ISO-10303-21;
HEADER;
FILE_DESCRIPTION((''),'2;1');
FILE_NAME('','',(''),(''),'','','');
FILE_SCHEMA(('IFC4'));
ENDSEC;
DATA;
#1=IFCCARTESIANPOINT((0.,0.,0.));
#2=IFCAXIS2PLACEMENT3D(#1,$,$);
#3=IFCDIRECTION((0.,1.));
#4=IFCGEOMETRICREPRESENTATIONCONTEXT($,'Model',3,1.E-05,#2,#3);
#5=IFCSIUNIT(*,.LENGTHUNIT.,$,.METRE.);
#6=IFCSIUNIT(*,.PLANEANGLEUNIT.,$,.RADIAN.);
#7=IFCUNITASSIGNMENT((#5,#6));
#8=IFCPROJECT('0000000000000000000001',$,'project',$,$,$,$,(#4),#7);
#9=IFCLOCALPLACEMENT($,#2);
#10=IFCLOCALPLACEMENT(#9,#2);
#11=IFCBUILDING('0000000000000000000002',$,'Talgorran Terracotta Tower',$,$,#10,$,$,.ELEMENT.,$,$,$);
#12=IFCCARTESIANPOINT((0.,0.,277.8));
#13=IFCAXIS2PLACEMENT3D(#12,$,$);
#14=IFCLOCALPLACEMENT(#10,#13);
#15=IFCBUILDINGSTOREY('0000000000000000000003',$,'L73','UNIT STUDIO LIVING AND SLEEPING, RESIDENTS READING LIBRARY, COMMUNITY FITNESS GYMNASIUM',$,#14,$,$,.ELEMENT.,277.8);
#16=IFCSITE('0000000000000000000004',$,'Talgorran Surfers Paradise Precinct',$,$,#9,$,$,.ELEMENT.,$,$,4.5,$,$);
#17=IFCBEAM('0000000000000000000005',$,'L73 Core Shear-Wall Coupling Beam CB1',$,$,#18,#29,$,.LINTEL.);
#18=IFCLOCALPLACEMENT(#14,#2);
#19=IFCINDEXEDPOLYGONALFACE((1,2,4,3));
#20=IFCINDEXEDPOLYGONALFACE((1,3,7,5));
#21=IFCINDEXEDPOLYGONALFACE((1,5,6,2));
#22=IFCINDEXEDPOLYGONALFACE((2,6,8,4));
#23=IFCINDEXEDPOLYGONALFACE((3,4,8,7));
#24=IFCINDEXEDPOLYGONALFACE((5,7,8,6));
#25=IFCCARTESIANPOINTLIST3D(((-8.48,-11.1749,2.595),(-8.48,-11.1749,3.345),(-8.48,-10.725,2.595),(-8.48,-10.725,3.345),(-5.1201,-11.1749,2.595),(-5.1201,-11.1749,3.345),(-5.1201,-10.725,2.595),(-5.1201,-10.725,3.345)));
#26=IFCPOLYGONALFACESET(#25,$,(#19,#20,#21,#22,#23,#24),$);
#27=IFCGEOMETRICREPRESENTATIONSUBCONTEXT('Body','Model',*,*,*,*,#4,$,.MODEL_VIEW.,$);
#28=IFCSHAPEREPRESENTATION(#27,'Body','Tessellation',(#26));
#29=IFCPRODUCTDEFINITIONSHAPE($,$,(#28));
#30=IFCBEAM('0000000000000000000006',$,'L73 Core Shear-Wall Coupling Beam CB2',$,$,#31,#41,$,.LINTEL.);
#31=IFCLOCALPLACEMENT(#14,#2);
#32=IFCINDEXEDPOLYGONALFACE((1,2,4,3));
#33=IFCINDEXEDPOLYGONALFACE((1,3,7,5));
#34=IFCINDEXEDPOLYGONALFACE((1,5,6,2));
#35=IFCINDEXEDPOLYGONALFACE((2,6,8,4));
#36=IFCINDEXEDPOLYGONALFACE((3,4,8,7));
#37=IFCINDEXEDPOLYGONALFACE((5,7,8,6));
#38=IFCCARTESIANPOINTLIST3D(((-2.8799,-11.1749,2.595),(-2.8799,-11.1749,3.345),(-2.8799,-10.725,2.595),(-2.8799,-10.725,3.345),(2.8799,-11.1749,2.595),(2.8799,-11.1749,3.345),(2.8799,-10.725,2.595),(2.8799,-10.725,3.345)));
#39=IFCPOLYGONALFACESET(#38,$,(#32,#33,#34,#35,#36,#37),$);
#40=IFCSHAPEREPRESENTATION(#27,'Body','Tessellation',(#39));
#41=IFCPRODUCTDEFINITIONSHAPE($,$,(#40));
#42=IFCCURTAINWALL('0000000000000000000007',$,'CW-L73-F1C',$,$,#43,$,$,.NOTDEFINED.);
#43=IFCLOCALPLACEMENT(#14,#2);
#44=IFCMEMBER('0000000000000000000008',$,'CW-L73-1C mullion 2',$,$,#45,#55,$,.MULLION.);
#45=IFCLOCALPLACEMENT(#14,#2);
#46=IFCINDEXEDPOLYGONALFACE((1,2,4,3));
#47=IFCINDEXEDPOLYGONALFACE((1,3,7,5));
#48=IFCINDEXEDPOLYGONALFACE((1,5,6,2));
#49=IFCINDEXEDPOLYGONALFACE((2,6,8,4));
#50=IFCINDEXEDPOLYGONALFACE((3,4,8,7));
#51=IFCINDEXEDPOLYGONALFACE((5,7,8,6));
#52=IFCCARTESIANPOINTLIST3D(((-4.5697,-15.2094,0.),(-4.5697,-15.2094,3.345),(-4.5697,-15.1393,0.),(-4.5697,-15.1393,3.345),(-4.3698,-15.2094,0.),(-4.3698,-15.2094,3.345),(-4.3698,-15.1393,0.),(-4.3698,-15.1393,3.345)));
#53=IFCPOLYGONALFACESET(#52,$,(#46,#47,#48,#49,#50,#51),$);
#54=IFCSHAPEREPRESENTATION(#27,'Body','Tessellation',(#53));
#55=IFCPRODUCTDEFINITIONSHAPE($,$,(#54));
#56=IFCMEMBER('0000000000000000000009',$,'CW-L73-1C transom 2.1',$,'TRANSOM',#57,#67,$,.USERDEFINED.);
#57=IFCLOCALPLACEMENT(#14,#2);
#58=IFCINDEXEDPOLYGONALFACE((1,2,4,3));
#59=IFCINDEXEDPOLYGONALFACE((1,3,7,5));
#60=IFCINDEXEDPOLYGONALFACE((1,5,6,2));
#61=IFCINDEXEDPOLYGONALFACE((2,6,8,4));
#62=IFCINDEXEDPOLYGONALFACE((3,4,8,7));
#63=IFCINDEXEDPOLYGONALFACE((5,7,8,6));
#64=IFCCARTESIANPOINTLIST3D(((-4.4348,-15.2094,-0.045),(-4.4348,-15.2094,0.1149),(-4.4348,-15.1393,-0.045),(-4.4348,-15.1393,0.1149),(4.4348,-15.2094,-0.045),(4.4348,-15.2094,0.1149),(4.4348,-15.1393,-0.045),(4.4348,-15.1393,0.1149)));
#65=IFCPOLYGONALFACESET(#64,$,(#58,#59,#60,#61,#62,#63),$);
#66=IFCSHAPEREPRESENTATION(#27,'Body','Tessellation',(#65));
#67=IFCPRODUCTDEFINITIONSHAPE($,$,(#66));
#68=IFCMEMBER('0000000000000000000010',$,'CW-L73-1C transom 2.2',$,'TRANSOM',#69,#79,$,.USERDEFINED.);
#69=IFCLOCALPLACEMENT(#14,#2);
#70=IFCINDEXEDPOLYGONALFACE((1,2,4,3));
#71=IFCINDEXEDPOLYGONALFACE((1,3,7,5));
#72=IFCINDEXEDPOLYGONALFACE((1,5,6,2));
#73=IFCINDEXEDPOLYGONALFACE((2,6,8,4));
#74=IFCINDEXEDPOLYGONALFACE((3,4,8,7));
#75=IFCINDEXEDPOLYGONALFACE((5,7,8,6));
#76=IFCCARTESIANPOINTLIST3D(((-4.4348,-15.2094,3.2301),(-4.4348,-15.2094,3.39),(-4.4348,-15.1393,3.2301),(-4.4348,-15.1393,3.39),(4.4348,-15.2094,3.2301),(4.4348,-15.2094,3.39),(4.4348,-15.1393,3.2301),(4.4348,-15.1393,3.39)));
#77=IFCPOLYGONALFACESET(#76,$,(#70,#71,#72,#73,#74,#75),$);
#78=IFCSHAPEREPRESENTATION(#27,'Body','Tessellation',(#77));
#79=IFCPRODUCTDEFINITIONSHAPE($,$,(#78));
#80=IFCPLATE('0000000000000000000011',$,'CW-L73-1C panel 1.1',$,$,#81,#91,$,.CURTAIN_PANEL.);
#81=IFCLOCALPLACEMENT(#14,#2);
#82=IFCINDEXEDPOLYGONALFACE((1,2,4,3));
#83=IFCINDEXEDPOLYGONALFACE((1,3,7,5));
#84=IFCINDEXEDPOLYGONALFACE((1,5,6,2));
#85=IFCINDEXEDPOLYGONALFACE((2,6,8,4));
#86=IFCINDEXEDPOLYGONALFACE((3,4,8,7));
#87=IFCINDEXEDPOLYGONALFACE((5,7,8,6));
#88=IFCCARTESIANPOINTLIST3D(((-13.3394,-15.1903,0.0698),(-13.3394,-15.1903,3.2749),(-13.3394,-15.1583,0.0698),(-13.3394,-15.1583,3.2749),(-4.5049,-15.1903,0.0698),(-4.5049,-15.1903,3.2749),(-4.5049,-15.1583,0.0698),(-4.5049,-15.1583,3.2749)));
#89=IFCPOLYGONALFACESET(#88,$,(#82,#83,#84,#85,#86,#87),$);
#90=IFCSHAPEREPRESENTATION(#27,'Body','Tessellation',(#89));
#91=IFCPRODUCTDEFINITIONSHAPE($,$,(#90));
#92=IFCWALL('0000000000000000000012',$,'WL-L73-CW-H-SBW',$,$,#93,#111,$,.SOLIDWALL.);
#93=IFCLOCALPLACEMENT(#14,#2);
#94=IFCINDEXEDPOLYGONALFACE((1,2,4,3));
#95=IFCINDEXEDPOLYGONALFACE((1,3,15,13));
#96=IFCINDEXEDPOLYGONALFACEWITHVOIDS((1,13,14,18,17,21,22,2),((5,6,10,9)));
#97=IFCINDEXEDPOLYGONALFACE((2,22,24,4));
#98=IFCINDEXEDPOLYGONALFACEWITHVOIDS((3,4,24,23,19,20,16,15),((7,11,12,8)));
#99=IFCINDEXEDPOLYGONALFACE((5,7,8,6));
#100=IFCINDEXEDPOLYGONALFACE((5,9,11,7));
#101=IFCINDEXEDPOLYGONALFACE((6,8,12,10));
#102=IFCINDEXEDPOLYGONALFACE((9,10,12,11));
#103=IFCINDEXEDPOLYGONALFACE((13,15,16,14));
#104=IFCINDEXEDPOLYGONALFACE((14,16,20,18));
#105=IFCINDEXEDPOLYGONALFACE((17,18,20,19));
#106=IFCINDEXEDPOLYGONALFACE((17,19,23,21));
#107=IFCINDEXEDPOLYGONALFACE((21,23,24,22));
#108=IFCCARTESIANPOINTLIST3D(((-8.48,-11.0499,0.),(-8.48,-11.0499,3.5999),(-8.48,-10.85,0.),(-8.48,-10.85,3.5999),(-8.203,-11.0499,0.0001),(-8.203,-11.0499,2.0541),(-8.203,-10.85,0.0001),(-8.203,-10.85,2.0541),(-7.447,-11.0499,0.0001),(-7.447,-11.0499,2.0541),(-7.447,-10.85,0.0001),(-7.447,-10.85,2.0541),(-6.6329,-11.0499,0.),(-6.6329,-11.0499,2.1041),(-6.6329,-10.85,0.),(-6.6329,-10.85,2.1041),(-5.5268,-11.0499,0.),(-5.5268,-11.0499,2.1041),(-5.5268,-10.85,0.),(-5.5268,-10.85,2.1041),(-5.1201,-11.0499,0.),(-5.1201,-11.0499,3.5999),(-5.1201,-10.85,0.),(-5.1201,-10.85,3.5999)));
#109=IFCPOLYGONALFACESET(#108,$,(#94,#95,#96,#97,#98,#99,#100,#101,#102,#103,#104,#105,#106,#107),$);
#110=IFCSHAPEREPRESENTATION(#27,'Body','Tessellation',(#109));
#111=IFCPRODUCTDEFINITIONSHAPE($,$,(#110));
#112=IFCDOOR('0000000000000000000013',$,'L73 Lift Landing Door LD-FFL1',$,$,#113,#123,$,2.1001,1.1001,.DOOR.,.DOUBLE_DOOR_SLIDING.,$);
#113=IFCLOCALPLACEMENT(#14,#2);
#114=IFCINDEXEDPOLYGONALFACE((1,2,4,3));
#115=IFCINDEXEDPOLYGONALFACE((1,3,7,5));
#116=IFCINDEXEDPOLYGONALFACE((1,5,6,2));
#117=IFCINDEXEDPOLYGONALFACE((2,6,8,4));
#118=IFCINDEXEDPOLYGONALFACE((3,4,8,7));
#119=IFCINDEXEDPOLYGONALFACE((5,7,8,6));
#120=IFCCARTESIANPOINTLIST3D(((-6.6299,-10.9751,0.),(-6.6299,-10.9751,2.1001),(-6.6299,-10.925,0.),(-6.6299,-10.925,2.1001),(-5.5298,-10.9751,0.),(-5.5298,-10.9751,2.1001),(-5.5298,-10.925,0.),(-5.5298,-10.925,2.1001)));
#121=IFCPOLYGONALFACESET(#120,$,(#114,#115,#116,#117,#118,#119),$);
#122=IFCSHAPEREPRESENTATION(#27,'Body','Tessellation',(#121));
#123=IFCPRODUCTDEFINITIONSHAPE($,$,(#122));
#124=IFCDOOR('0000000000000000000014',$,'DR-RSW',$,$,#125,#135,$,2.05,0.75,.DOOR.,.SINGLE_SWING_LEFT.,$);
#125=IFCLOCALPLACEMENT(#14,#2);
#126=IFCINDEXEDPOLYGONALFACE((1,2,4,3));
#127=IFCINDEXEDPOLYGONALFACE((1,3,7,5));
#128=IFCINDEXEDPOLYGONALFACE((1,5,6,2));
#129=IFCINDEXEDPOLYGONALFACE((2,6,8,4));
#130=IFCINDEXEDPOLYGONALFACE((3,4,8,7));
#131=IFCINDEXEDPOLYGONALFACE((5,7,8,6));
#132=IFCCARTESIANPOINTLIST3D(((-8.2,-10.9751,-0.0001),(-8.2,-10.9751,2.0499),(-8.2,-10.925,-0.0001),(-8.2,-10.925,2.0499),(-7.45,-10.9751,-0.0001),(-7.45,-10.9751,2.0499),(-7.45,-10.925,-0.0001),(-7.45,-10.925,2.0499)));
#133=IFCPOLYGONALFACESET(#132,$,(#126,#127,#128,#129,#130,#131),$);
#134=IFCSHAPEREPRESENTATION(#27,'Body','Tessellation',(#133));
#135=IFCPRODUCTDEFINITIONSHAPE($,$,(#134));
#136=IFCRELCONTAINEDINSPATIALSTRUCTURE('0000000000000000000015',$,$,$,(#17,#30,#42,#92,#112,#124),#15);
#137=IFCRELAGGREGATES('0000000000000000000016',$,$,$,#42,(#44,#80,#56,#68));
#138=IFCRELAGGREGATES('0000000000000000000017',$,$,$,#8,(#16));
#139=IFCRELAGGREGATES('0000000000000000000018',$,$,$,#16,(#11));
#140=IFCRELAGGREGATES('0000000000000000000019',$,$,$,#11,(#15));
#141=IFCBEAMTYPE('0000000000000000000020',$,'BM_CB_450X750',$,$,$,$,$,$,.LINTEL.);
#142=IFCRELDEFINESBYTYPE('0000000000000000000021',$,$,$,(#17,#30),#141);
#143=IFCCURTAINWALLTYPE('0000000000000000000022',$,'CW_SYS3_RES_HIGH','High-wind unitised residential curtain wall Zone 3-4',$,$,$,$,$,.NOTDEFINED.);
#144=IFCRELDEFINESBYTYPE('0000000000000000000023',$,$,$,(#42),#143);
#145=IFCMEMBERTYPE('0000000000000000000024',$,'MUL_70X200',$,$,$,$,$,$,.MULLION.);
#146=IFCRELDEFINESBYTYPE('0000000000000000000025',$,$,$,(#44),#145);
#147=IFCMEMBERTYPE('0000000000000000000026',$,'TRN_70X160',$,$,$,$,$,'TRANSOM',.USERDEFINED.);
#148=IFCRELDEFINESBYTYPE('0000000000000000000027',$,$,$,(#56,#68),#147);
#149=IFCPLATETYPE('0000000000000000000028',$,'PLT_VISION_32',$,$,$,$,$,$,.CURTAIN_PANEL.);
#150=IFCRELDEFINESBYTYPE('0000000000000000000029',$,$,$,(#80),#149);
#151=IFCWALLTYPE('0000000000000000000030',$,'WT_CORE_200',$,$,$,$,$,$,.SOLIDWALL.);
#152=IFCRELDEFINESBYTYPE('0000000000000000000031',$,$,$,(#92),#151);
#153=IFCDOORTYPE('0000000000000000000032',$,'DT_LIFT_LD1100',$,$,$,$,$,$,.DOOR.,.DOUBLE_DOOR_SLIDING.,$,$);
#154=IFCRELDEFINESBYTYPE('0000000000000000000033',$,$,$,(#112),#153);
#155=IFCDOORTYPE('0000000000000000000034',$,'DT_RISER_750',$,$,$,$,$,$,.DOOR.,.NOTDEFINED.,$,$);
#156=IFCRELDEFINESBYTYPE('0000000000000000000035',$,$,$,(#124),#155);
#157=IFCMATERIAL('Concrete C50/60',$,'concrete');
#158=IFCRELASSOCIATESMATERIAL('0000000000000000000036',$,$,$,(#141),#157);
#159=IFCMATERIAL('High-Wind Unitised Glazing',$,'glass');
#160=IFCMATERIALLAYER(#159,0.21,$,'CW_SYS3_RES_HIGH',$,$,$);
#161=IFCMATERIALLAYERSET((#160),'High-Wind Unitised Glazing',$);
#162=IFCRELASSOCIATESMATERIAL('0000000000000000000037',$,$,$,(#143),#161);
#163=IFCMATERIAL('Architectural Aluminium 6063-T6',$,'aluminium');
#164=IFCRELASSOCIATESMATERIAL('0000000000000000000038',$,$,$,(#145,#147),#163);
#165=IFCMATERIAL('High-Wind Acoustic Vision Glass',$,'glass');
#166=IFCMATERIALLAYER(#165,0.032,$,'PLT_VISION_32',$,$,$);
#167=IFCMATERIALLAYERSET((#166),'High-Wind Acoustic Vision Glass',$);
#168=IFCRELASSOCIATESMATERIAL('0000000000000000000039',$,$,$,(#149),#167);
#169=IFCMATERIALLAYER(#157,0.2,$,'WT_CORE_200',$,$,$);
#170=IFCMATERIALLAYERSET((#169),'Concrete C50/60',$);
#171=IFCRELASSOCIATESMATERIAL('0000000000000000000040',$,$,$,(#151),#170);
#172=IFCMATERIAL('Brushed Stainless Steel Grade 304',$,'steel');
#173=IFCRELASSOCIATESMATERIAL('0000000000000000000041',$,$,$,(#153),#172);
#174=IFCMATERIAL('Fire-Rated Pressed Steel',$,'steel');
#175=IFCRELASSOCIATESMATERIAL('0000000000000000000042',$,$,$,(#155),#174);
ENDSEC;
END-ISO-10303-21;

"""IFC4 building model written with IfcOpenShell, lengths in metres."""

from ifc_helpers import new_model, si_unit, direction, frame, frame_2d, origin, origin_2d, place, context, subcontext, project, spatial, rectangle, extrude, source, transform, mapped, material, layer, layer_set, material_profile, profile_set, type_object, type_shapes, element, fill, aggregate, save


model = new_model("IFC4")

# Units and contexts
model_context = context("Model", 3, precision=1e-05, world=origin(), true_north=direction((0.0, 1.0)))
body_context = subcontext(model_context, "Body", "Model", "MODEL_VIEW")
ifc_project = project(units=[si_unit("LENGTHUNIT", "METRE"), si_unit("PLANEANGLEUNIT", "RADIAN")], contexts=[model_context])

# Site, building, storey
site_placement = place(None, origin())
site = spatial("IfcSite", under=ifc_project, at=site_placement, Name="Talgorran Surfers Paradise Precinct", CompositionType="ELEMENT", RefElevation=4.5)
building_placement = place(site_placement, origin())
building = spatial("IfcBuilding", under=site, at=building_placement, Name="Talgorran Terracotta Tower", CompositionType="ELEMENT")
storey_placement = place(building_placement, frame((0.0, 0.0, 277.8)))
storey = spatial("IfcBuildingStorey", under=building, at=storey_placement, Name="L73", Description="UNIT STUDIO LIVING AND SLEEPING, RESIDENTS READING LIBRARY, COMMUNITY FITNESS GYMNASIUM", CompositionType="ELEMENT", Elevation=277.8)

# Beams
ifc_material_1 = material(Name="Concrete C50/60", Category="concrete")
ifc_material_profile_1 = material_profile(ifc_material_1, rectangle(XDim=0.45, YDim=0.75, at=origin_2d()), Name="RCCB450X750")
ifc_profile_set_1 = profile_set([ifc_material_profile_1], Name="Concrete C50/60")
beam_type = type_object("IfcBeamType", Name="BM_CB_450X750", PredefinedType="LINTEL", material=ifc_profile_set_1)
beam_1_placement = place(storey_placement, frame((-8.48, -10.95, 2.97), z_axis=(1.0, 0.0, 0.0), x_axis=(0.0, 1.0, 0.0)))
element("IfcBeam", 1, at=beam_1_placement, inside=storey, type_object=beam_type, Name="L73 Core Shear-Wall Coupling Beam CB1", PredefinedType="LINTEL", context=body_context, shape_type="SweptSolid", body=[
    extrude(rectangle(XDim=0.45, YDim=0.75, at=origin_2d()), origin(), (0.0, 0.0, 1.0), 3.3599),
])
beam_2_placement = place(storey_placement, frame((-2.8799, -10.95, 2.97), z_axis=(1.0, 0.0, 0.0), x_axis=(0.0, 1.0, 0.0)))
element("IfcBeam", 2, at=beam_2_placement, inside=storey, type_object=beam_type, Name="L73 Core Shear-Wall Coupling Beam CB2", PredefinedType="LINTEL", context=body_context, shape_type="SweptSolid", body=[
    extrude(rectangle(XDim=0.45, YDim=0.75, at=origin_2d()), origin(), (0.0, 0.0, 1.0), 5.7598),
])

# Curtain wall, members, plate
ifc_material_2 = material(Name="High-Wind Unitised Glazing", Category="glass")
ifc_layer_1 = layer(ifc_material_2, 0.21, Name="CW_SYS3_RES_HIGH")
ifc_layer_set_1 = layer_set([ifc_layer_1], Name="High-Wind Unitised Glazing")
curtain_wall_type = type_object("IfcCurtainWallType", Name="CW_SYS3_RES_HIGH", Description="High-wind unitised residential curtain wall Zone 3-4", PredefinedType="NOTDEFINED", material=ifc_layer_set_1)
curtain_wall_placement = place(storey_placement, origin())
curtain_wall = element("IfcCurtainWall", 3, at=curtain_wall_placement, inside=storey, type_object=curtain_wall_type, Name="CW-L73-F1C", PredefinedType="NOTDEFINED")
ifc_material_3 = material(Name="Architectural Aluminium 6063-T6", Category="aluminium")
ifc_material_profile_2 = material_profile(ifc_material_3, rectangle(XDim=0.0701, YDim=0.2, at=origin_2d()), Name="CWM70X200")
ifc_profile_set_2 = profile_set([ifc_material_profile_2], Name="Architectural Aluminium 6063-T6")
member_type_1 = type_object("IfcMemberType", Name="MUL_70X200", PredefinedType="MULLION", material=ifc_profile_set_2)
member_1_placement = place(storey_placement, frame((-4.4697, -15.1743, 0.0), z_axis=(0.0, 0.0, 1.0), x_axis=(0.0, 1.0, 0.0)))
member_1 = element("IfcMember", 4, at=member_1_placement, type_object=member_type_1, Name="CW-L73-1C mullion 2", PredefinedType="MULLION", context=body_context, shape_type="SweptSolid", body=[
    extrude(rectangle(XDim=0.0701, YDim=0.2, at=origin_2d()), origin(), (0.0, 0.0, 1.0), 3.345),
])
ifc_material_profile_3 = material_profile(ifc_material_3, rectangle(XDim=0.0701, YDim=0.1599, at=origin_2d()), Name="CWT70X160")
ifc_profile_set_3 = profile_set([ifc_material_profile_3], Name="Architectural Aluminium 6063-T6")
member_type_2 = type_object("IfcMemberType", Name="TRN_70X160", ElementType="TRANSOM", PredefinedType="USERDEFINED", material=ifc_profile_set_3)
member_2_placement = place(storey_placement, frame((-4.4348, -15.1743, 0.0349), z_axis=(1.0, 0.0, 0.0), x_axis=(0.0, 1.0, 0.0)))
member_2 = element("IfcMember", 5, at=member_2_placement, type_object=member_type_2, Name="CW-L73-1C transom 2.1", ObjectType="TRANSOM", PredefinedType="USERDEFINED", context=body_context, shape_type="SweptSolid", body=[
    extrude(rectangle(XDim=0.0701, YDim=0.1599, at=origin_2d()), origin(), (0.0, 0.0, 1.0), 8.8696),
])
member_3_placement = place(storey_placement, frame((-4.4348, -15.1743, 3.3101), z_axis=(1.0, 0.0, 0.0), x_axis=(0.0, 1.0, 0.0)))
member_3 = element("IfcMember", 6, at=member_3_placement, type_object=member_type_2, Name="CW-L73-1C transom 2.2", ObjectType="TRANSOM", PredefinedType="USERDEFINED", context=body_context, shape_type="SweptSolid", body=[
    extrude(rectangle(XDim=0.0701, YDim=0.1599, at=origin_2d()), origin(), (0.0, 0.0, 1.0), 8.8696),
])
ifc_material_4 = material(Name="High-Wind Acoustic Vision Glass", Category="glass")
ifc_layer_2 = layer(ifc_material_4, 0.032, Name="PLT_VISION_32")
ifc_layer_set_2 = layer_set([ifc_layer_2], Name="High-Wind Acoustic Vision Glass")
plate_type = type_object("IfcPlateType", Name="PLT_VISION_32", PredefinedType="CURTAIN_PANEL", material=ifc_layer_set_2)
shared_shape = source(origin(), body_context, "Body", "SweptSolid", [
    extrude(rectangle(XDim=8.8345, YDim=0.032, at=origin_2d()), origin(), (0.0, 0.0, 1.0), 3.2051),
])
type_shapes(plate_type, [shared_shape])
plate_placement = place(storey_placement, frame((-8.9221, -15.1743, 0.0698), z_axis=(0.0, 0.0, 1.0), x_axis=(1.0, 0.0, 0.0)))
plate = element("IfcPlate", 7, at=plate_placement, type_object=plate_type, Name="CW-L73-1C panel 1.1", PredefinedType="CURTAIN_PANEL", context=body_context, shape_type="MappedRepresentation", body=[
    mapped(shared_shape, transform((0.0, 0.0, 0.0), scale=1.0)),
])
aggregate(curtain_wall, [member_1, plate, member_2, member_3])

# Wall, openings, doors
ifc_layer_3 = layer(ifc_material_1, 0.2, Name="WT_CORE_200")
ifc_layer_set_3 = layer_set([ifc_layer_3], Name="Concrete C50/60")
wall_type_1 = type_object("IfcWallType", Name="WT_CORE_200", PredefinedType="SOLIDWALL", material=ifc_layer_set_3)
wall_1_placement = place(storey_placement, frame((-8.48, -10.95, 0.0), z_axis=(0.0, 0.0, 1.0), x_axis=(1.0, 0.0, 0.0)))
wall_1 = element("IfcWall", 8, at=wall_1_placement, inside=storey, type_object=wall_type_1, Name="WL-L73-CW-H-SBW", PredefinedType="SOLIDWALL", context=body_context, shape_type="SweptSolid", body=[
    extrude(rectangle(XDim=3.3599, YDim=0.2, at=frame_2d((1.6799, 0.0))), origin(), (0.0, 0.0, 1.0), 3.5999),
])
opening_1_placement = place(wall_1_placement, frame((0.28, 0.0, 0.0)))
opening_1 = element("IfcOpeningElement", 9, at=opening_1_placement, cuts=wall_1, PredefinedType="OPENING", context=body_context, shape_type="SweptSolid", body=[
    extrude(rectangle(XDim=0.756, YDim=2.054, at=frame_2d((0.375, 1.0271))), frame((0.0, 0.1099, 0.0), z_axis=(0.0, -1.0, 0.0), x_axis=(1.0, 0.0, 0.0)), (0.0, 0.0, 1.0), 0.22),
])
opening_2_placement = place(wall_1_placement, frame((1.8501, 0.0, 0.0)))
opening_2 = element("IfcOpeningElement", 10, at=opening_2_placement, cuts=wall_1, PredefinedType="OPENING", context=body_context, shape_type="SweptSolid", body=[
    extrude(rectangle(XDim=1.1061, YDim=2.1041, at=frame_2d((0.55, 1.052))), frame((0.0, 0.1099, 0.0), z_axis=(0.0, -1.0, 0.0), x_axis=(1.0, 0.0, 0.0)), (0.0, 0.0, 1.0), 0.22),
])
ifc_material_5 = material(Name="Brushed Stainless Steel Grade 304", Category="steel")
door_type_1 = type_object("IfcDoorType", Name="DT_LIFT_LD1100", OperationType="DOUBLE_DOOR_SLIDING", PredefinedType="DOOR", material=ifc_material_5)
door_1_placement = place(opening_2_placement, origin())
door_1 = element("IfcDoor", 11, at=door_1_placement, inside=storey, type_object=door_type_1, Name="L73 Lift Landing Door LD-FFL1", OperationType="DOUBLE_DOOR_SLIDING", OverallHeight=2.1001, OverallWidth=1.1001, PredefinedType="DOOR", context=body_context, shape_type="SweptSolid", body=[
    extrude(rectangle(XDim=1.1001, YDim=2.1001, at=frame_2d((0.55, 1.05))), frame((0.0, 0.0249, 0.0), z_axis=(0.0, -1.0, 0.0), x_axis=(1.0, 0.0, 0.0)), (0.0, 0.0, 1.0), 0.05),
])
fill(opening_2, door_1)
ifc_material_6 = material(Name="Fire-Rated Pressed Steel", Category="steel")
door_type_2 = type_object("IfcDoorType", Name="DT_RISER_750", OperationType="NOTDEFINED", PredefinedType="DOOR", material=ifc_material_6)
door_2_placement = place(opening_1_placement, origin())
door_2 = element("IfcDoor", 12, at=door_2_placement, inside=storey, type_object=door_type_2, Name="DR-RSW", OperationType="SINGLE_SWING_LEFT", OverallHeight=2.05, OverallWidth=0.75, PredefinedType="DOOR", context=body_context, shape_type="SweptSolid", body=[
    extrude(rectangle(XDim=0.75, YDim=2.05, at=frame_2d((0.375, 1.0249))), frame((0.0, 0.0249, 0.0), z_axis=(0.0, -1.0, 0.0), x_axis=(1.0, 0.0, 0.0)), (0.0, 0.0, 1.0), 0.05),
])
fill(opening_1, door_2)

save(model, "model.ifc")
